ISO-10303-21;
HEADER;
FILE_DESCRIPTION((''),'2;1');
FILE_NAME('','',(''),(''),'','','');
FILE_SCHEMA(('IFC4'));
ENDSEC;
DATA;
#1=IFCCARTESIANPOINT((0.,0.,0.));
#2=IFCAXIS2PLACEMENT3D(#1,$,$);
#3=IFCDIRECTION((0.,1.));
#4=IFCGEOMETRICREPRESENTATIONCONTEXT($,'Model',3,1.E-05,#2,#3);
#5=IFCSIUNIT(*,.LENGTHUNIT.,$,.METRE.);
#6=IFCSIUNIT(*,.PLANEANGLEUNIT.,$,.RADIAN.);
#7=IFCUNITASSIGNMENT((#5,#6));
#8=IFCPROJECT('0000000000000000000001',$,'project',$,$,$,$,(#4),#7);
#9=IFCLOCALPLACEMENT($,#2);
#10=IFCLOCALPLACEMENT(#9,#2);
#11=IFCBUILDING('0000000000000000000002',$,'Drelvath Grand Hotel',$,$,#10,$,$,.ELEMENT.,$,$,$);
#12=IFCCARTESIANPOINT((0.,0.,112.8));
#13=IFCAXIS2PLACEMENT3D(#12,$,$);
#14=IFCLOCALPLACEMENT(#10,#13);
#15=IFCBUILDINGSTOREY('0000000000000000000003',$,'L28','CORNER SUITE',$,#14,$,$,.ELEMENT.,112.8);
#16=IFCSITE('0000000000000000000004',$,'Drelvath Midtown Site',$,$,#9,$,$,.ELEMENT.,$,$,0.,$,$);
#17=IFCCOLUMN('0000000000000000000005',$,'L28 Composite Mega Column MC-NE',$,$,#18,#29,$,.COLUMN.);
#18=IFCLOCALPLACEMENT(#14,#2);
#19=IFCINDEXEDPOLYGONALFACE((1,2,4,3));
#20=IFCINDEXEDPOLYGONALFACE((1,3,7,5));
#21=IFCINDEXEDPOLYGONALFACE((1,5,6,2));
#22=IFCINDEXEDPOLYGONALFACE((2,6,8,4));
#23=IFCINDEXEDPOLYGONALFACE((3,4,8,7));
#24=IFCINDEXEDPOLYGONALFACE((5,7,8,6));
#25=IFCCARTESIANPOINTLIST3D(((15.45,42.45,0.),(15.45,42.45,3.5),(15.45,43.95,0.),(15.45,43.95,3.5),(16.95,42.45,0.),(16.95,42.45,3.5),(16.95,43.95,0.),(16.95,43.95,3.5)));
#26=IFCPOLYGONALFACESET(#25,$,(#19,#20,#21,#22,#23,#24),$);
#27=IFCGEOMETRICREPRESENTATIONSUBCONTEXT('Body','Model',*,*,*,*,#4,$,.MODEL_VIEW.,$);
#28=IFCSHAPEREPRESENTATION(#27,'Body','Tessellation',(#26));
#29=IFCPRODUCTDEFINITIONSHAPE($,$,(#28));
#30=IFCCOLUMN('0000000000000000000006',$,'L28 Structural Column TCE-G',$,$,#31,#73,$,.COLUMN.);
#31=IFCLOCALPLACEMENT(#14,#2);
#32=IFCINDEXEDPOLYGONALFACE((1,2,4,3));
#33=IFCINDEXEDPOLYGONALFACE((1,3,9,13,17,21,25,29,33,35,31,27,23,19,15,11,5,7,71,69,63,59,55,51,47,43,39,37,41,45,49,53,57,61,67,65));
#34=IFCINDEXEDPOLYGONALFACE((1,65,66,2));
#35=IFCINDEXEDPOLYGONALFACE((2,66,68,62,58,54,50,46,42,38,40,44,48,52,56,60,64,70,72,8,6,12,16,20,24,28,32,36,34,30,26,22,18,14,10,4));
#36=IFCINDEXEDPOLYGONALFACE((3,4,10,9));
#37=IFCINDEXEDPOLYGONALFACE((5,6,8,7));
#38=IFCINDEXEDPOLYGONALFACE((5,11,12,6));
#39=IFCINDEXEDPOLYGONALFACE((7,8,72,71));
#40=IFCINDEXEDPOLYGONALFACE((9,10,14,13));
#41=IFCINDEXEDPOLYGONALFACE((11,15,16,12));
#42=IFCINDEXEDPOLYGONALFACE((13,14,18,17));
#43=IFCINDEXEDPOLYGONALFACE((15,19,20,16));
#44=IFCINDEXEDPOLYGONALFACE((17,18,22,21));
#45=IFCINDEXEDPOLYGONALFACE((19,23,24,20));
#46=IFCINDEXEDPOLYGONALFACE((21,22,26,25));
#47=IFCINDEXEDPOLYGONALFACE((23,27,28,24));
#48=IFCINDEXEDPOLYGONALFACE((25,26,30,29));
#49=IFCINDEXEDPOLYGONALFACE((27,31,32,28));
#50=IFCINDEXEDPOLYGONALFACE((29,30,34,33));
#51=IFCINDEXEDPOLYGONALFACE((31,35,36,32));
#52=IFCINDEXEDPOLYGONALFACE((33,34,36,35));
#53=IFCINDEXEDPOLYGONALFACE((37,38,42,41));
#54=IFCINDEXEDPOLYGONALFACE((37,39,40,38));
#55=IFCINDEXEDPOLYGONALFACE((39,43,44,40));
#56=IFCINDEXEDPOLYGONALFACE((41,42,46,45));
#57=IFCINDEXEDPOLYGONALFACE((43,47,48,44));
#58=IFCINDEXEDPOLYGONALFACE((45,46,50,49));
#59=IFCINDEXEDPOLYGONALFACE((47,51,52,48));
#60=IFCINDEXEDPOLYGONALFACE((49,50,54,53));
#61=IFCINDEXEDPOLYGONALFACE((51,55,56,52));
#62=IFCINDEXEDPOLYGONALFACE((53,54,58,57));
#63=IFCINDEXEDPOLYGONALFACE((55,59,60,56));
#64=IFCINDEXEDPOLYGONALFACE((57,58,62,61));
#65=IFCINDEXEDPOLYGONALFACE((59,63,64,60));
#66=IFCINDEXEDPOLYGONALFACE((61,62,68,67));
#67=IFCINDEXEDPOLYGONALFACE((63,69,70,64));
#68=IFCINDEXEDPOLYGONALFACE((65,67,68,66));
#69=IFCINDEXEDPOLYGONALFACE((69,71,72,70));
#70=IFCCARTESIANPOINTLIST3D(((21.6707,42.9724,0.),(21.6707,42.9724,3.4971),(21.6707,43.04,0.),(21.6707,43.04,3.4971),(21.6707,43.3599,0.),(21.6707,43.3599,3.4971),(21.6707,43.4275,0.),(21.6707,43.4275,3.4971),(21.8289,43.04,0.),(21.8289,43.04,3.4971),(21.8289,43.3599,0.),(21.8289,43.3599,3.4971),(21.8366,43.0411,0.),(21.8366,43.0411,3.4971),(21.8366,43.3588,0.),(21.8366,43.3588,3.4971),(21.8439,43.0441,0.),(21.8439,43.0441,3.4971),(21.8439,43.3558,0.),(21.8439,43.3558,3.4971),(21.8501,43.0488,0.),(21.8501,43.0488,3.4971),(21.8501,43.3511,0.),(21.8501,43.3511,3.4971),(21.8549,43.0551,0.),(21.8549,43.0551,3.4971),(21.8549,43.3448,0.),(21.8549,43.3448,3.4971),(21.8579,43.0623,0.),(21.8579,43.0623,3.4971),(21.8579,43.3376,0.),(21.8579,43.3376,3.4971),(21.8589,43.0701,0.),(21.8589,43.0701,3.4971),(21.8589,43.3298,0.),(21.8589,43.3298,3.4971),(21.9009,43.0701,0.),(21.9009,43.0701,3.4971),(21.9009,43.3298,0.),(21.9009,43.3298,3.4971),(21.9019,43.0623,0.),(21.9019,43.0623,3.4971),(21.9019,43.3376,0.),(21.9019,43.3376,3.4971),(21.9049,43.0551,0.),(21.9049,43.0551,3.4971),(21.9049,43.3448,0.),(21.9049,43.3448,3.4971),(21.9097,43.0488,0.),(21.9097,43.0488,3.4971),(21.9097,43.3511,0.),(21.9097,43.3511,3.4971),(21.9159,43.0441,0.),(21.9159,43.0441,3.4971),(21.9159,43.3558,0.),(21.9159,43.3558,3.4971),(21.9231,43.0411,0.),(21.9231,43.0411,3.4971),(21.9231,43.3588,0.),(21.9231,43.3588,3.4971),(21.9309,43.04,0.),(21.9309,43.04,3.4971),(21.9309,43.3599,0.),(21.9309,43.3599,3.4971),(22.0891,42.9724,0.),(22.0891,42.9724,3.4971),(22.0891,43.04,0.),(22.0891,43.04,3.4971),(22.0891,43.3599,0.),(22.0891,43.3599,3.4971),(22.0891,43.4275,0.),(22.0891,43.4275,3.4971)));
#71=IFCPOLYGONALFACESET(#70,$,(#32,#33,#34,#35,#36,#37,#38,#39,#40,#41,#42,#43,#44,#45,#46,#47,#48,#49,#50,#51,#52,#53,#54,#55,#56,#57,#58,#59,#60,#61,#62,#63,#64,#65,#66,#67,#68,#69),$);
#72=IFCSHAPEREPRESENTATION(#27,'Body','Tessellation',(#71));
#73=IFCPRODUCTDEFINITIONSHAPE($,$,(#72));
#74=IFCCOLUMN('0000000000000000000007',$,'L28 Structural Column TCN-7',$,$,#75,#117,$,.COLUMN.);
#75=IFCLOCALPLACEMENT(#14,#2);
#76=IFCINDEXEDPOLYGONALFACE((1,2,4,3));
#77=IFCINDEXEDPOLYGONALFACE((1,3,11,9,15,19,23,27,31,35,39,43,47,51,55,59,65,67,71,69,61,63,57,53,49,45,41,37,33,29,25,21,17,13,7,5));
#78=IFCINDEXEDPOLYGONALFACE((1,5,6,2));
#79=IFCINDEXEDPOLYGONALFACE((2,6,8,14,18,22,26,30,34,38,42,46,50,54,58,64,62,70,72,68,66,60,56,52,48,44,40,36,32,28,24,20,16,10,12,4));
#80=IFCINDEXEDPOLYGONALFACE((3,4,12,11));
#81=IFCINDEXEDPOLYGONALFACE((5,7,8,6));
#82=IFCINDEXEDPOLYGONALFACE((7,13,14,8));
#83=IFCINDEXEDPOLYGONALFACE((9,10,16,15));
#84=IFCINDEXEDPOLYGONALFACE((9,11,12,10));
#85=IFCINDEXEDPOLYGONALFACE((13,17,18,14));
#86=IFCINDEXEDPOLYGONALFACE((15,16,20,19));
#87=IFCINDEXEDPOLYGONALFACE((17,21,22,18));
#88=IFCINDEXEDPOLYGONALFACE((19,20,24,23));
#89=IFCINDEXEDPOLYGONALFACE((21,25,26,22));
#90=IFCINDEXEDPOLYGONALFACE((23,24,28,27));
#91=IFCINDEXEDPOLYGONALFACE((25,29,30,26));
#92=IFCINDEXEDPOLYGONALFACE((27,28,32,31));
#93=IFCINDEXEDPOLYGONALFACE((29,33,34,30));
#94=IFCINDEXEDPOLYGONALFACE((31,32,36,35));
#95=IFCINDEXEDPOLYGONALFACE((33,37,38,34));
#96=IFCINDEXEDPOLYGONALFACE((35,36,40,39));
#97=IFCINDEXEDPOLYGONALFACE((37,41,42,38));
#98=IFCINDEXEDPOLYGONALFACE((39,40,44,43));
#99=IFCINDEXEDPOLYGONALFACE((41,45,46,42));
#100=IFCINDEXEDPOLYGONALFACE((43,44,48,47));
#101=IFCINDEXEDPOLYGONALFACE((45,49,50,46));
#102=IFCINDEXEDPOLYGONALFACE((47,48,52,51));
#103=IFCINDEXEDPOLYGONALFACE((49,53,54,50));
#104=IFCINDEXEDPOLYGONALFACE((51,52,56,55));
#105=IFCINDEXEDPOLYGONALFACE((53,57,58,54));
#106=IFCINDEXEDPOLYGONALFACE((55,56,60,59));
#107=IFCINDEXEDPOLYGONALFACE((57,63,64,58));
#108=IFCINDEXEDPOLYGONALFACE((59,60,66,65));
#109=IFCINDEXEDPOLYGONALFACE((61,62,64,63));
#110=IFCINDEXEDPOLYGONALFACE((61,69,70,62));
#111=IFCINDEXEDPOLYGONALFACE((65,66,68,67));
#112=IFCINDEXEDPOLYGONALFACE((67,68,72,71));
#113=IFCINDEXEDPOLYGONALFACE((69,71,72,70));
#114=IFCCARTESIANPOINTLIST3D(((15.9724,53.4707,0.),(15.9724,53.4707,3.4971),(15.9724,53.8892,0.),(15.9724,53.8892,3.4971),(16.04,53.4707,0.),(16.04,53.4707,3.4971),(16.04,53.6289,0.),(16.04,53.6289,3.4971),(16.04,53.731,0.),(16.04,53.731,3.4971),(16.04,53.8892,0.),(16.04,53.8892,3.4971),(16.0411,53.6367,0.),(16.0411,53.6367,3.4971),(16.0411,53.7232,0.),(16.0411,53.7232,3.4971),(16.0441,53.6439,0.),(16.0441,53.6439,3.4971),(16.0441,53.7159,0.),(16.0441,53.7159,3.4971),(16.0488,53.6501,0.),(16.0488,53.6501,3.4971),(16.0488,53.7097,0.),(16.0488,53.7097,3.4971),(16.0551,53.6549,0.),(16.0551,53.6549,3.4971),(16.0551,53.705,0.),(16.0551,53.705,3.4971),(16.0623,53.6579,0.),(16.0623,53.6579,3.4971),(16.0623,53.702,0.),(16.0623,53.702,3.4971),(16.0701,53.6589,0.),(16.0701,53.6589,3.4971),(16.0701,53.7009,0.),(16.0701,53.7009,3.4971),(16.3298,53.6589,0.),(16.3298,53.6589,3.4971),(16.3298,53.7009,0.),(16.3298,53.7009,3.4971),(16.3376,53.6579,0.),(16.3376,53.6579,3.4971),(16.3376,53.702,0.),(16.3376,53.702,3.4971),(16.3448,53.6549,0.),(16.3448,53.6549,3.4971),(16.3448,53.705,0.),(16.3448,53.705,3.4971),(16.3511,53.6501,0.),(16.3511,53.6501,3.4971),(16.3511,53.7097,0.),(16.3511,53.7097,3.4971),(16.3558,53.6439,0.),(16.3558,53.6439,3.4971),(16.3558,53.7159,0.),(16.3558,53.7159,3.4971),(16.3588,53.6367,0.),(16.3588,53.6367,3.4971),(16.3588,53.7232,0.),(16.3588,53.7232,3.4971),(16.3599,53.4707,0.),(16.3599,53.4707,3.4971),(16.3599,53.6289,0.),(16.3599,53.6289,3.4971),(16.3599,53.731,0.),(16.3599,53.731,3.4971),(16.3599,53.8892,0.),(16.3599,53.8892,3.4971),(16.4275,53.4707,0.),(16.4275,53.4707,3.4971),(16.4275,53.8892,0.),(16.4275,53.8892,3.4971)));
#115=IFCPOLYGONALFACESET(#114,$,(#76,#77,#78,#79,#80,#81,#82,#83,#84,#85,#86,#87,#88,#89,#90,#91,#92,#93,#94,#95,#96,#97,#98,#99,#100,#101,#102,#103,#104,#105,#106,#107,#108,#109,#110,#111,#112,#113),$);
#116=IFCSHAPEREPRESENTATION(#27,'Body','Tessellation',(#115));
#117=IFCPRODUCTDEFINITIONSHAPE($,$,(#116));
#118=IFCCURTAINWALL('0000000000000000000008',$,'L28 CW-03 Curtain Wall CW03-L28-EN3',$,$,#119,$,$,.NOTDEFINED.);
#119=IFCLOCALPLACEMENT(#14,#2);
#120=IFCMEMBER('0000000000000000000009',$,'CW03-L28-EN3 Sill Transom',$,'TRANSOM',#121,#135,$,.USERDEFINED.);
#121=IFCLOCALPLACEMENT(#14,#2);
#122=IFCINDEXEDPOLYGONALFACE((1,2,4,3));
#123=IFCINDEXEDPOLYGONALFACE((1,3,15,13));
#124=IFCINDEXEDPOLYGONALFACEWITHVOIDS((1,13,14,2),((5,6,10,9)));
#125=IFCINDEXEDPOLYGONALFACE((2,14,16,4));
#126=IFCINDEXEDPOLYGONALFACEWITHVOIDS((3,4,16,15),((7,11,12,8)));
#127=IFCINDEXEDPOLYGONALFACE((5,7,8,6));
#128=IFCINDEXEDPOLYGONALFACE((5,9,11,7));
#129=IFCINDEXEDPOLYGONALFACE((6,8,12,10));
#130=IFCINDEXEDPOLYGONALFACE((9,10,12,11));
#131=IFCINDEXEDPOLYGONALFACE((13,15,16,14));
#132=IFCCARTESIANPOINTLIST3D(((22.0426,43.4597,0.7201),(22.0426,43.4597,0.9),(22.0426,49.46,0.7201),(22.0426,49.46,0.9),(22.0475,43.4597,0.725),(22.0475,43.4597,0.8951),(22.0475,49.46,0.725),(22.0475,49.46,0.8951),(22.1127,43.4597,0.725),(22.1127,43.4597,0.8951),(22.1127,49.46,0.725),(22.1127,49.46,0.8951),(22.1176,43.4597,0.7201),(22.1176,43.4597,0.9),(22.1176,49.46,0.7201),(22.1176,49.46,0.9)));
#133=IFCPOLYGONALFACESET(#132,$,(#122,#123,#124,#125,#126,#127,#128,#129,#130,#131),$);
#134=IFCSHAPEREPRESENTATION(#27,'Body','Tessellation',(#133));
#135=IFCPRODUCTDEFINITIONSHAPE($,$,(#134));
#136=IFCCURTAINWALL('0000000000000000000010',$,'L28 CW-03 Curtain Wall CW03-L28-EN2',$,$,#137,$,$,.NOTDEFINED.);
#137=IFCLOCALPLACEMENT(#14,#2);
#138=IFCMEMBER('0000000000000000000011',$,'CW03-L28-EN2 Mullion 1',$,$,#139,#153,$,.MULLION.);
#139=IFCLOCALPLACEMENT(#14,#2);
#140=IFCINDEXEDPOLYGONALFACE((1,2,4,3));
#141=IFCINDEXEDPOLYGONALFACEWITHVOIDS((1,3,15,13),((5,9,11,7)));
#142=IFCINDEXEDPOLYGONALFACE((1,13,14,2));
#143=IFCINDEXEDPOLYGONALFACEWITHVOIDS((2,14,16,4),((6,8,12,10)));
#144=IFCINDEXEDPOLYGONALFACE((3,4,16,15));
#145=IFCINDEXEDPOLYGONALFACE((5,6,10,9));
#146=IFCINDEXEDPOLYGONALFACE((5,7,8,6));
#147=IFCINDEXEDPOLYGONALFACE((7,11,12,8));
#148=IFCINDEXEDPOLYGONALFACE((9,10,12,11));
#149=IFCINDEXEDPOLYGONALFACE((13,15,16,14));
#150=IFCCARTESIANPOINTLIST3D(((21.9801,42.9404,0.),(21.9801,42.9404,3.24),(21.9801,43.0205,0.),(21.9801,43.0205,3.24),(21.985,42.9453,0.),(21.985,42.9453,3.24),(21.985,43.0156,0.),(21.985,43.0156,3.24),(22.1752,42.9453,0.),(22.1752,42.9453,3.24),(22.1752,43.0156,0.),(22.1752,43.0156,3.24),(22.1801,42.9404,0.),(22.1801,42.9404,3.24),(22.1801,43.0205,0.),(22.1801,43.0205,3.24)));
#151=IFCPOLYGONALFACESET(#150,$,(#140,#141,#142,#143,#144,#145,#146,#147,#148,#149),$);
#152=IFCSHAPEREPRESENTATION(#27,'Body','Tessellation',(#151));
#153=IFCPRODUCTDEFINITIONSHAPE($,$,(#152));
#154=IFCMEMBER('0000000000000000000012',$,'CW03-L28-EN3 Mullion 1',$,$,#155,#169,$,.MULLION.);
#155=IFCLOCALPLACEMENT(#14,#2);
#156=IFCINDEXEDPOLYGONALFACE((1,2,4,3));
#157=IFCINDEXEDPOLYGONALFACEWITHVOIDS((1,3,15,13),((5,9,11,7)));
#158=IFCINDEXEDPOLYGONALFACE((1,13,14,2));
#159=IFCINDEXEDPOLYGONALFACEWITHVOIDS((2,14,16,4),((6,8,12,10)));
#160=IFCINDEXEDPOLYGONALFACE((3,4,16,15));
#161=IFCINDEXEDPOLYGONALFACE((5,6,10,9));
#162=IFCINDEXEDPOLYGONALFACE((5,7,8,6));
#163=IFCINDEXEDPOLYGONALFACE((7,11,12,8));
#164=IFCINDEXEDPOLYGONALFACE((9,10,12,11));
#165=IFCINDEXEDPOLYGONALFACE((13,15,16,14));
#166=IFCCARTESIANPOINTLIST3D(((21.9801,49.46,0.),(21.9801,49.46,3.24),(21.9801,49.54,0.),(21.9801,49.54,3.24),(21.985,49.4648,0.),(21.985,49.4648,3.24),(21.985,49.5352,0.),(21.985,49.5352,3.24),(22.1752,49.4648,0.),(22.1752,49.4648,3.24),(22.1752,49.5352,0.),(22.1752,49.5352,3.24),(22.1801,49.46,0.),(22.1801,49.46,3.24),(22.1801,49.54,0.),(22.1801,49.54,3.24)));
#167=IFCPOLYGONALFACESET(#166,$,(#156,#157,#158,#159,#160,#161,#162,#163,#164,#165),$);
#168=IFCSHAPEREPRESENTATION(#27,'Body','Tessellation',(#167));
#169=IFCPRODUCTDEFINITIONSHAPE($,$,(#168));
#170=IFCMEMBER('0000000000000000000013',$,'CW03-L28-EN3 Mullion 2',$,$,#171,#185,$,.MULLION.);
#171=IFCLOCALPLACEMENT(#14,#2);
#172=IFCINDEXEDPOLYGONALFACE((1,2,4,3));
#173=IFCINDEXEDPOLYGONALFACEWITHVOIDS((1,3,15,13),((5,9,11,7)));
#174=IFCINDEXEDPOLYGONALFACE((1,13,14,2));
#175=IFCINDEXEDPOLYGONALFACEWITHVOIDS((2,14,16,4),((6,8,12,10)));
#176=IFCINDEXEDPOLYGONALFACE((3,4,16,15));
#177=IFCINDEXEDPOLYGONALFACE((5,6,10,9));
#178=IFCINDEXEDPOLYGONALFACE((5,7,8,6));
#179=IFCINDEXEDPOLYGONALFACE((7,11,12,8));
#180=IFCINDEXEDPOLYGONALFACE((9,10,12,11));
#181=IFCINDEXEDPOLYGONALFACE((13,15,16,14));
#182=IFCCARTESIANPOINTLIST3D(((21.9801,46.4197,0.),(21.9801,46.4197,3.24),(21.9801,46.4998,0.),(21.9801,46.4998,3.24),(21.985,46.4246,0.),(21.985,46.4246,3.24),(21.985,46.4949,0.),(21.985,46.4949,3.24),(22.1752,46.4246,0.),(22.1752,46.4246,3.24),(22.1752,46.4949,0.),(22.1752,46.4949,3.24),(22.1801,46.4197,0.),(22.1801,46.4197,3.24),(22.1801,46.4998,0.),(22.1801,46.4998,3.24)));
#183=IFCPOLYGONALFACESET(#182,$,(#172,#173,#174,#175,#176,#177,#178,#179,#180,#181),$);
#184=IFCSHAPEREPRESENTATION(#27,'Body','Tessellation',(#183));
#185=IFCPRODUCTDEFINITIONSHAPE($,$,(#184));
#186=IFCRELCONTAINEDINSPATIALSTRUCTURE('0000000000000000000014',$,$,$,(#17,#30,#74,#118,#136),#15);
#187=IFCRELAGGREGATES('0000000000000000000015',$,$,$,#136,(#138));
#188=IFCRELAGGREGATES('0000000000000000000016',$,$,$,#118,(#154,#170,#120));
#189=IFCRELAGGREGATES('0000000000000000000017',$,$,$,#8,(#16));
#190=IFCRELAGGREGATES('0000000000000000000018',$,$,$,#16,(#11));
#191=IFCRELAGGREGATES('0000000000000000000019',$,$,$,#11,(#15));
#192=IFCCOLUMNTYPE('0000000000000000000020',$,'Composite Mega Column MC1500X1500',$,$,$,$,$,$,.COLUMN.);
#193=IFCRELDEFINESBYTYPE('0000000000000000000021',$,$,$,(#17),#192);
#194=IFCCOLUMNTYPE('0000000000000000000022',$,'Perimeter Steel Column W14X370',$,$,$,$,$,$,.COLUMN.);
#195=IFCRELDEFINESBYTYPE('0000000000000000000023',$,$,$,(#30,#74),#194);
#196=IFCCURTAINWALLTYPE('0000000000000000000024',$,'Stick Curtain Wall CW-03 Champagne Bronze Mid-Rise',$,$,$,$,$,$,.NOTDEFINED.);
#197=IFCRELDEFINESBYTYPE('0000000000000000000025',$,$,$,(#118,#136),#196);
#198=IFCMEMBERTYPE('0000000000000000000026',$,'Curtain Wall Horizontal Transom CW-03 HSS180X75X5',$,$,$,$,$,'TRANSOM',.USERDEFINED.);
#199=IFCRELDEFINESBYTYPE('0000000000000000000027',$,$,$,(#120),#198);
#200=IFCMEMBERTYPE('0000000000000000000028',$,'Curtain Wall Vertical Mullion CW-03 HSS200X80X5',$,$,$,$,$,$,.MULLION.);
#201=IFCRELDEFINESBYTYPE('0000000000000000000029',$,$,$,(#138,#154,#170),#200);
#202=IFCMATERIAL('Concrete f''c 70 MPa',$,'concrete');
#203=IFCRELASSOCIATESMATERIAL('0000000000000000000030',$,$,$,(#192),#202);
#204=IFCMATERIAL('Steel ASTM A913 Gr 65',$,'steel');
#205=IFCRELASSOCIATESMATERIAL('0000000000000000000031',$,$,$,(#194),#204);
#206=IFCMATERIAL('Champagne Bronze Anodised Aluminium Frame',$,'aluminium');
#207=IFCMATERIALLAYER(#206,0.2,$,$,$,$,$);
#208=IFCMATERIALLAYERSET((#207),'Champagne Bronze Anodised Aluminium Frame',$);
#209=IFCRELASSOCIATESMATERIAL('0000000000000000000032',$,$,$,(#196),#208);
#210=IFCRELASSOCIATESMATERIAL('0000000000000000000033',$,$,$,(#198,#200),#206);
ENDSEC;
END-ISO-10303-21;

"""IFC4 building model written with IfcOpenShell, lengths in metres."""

from ifc_helpers import new_model, si_unit, direction, frame, origin, origin_2d, place, context, subcontext, project, spatial, rectangle, hollow_rectangle, i_section, extrude, material, layer, layer_set, material_profile, profile_set, type_object, element, aggregate, save


model = new_model("IFC4")

# Units and contexts
model_context = context("Model", 3, precision=1e-05, world=origin(), true_north=direction((0.0, 1.0)))
body_context = subcontext(model_context, "Body", "Model", "MODEL_VIEW")
ifc_project = project(units=[si_unit("LENGTHUNIT", "METRE"), si_unit("PLANEANGLEUNIT", "RADIAN")], contexts=[model_context])

# Site, building, storey
site_placement = place(None, origin())
site = spatial("IfcSite", under=ifc_project, at=site_placement, Name="Drelvath Midtown Site", CompositionType="ELEMENT", RefElevation=0.0)
building_placement = place(site_placement, origin())
building = spatial("IfcBuilding", under=site, at=building_placement, Name="Drelvath Grand Hotel", CompositionType="ELEMENT")
storey_placement = place(building_placement, frame((0.0, 0.0, 112.8)))
storey = spatial("IfcBuildingStorey", under=building, at=storey_placement, Name="L28", Description="CORNER SUITE", CompositionType="ELEMENT", Elevation=112.8)

# Columns
ifc_material_1 = material(Name="Concrete f'c 70 MPa", Category="concrete")
ifc_material_profile_1 = material_profile(ifc_material_1, rectangle(XDim=1.5, YDim=1.5, at=origin_2d()), Name="MC1500X1500")
ifc_profile_set_1 = profile_set([ifc_material_profile_1], Name="Concrete f'c 70 MPa")
column_type_1 = type_object("IfcColumnType", Name="Composite Mega Column MC1500X1500", PredefinedType="COLUMN", material=ifc_profile_set_1)
column_placement = place(storey_placement, frame((16.2, 43.2, 0.0), z_axis=(0.0, 0.0, 1.0), x_axis=(1.0, 0.0, 0.0)))
element("IfcColumn", 1, at=column_placement, inside=storey, type_object=column_type_1, Name="L28 Composite Mega Column MC-NE", PredefinedType="COLUMN", context=body_context, shape_type="SweptSolid", body=[
    extrude(rectangle(XDim=1.5, YDim=1.5, at=origin_2d()), origin(), (0.0, 0.0, 1.0), 3.5),
])
ifc_material_2 = material(Name="Steel ASTM A913 Gr 65", Category="steel")
ifc_material_profile_2 = material_profile(ifc_material_2, i_section(OverallWidth=0.4185, OverallDepth=0.4551, WebThickness=0.042, FlangeThickness=0.0676, FilletRadius=0.03, at=origin_2d()), Name="W14X370")
ifc_profile_set_2 = profile_set([ifc_material_profile_2], Name="Steel ASTM A913 Gr 65")
column_type_2 = type_object("IfcColumnType", Name="Perimeter Steel Column W14X370", PredefinedType="COLUMN", material=ifc_profile_set_2)
for number, where, z_axis, x_axis, name in (
    (2, (21.8799, 43.2, 0.0), (0.0, 0.0, 1.0), (1.0, 0.0, 0.0), "L28 Structural Column TCE-G"),
    (3, (16.2, 53.6799, 0.0), (0.0, 0.0, 1.0), (0.0, 1.0, 0.0), "L28 Structural Column TCN-7"),
):
    element("IfcColumn", number, at=place(storey_placement, frame(where, z_axis=z_axis, x_axis=x_axis)), inside=storey, type_object=column_type_2, Name=name, PredefinedType="COLUMN", context=body_context, shape_type="SweptSolid", body=[
        extrude(i_section(OverallWidth=0.4185, OverallDepth=0.4551, WebThickness=0.042, FlangeThickness=0.0676, FilletRadius=0.03, at=origin_2d()), origin(), (0.0, 0.0, 1.0), 3.4971),
    ])

# Curtain walls, members
ifc_material_3 = material(Name="Champagne Bronze Anodised Aluminium Frame", Category="aluminium")
ifc_layer_1 = layer(ifc_material_3, 0.2)
ifc_layer_set_1 = layer_set([ifc_layer_1], Name="Champagne Bronze Anodised Aluminium Frame")
curtain_wall_type = type_object("IfcCurtainWallType", Name="Stick Curtain Wall CW-03 Champagne Bronze Mid-Rise", PredefinedType="NOTDEFINED", material=ifc_layer_set_1)
curtain_wall_1_placement = place(storey_placement, origin())
curtain_wall_1 = element("IfcCurtainWall", 4, at=curtain_wall_1_placement, inside=storey, type_object=curtain_wall_type, Name="L28 CW-03 Curtain Wall CW03-L28-EN3", PredefinedType="NOTDEFINED")
ifc_material_profile_3 = material_profile(ifc_material_3, hollow_rectangle(XDim=0.075, YDim=0.1799, WallThickness=0.0049, at=origin_2d()), Name="HSS180X75X5")
ifc_profile_set_3 = profile_set([ifc_material_profile_3], Name="Champagne Bronze Anodised Aluminium Frame")
member_type_1 = type_object("IfcMemberType", Name="Curtain Wall Horizontal Transom CW-03 HSS180X75X5", ElementType="TRANSOM", PredefinedType="USERDEFINED", material=ifc_profile_set_3)
member_1_placement = place(storey_placement, frame((22.0801, 49.46, 0.8101), z_axis=(0.0, -1.0, 0.0), x_axis=(1.0, 0.0, 0.0)))
member_1 = element("IfcMember", 5, at=member_1_placement, type_object=member_type_1, Name="CW03-L28-EN3 Sill Transom", ObjectType="TRANSOM", PredefinedType="USERDEFINED", context=body_context, shape_type="SweptSolid", body=[
    extrude(hollow_rectangle(XDim=0.075, YDim=0.1799, WallThickness=0.0049, at=origin_2d()), origin(), (0.0, 0.0, 1.0), 6.0002),
])
curtain_wall_2_placement = place(storey_placement, origin())
curtain_wall_2 = element("IfcCurtainWall", 6, at=curtain_wall_2_placement, inside=storey, type_object=curtain_wall_type, Name="L28 CW-03 Curtain Wall CW03-L28-EN2", PredefinedType="NOTDEFINED")
ifc_material_profile_4 = material_profile(ifc_material_3, hollow_rectangle(XDim=0.0801, YDim=0.2, WallThickness=0.0049, at=origin_2d()), Name="HSS200X80X5")
ifc_profile_set_4 = profile_set([ifc_material_profile_4], Name="Champagne Bronze Anodised Aluminium Frame")
member_type_2 = type_object("IfcMemberType", Name="Curtain Wall Vertical Mullion CW-03 HSS200X80X5", PredefinedType="MULLION", material=ifc_profile_set_4)
member_2_placement = place(storey_placement, frame((22.0801, 42.9805, 0.0), z_axis=(0.0, 0.0, 1.0), x_axis=(0.0, 1.0, 0.0)))
member_2 = element("IfcMember", 7, at=member_2_placement, type_object=member_type_2, Name="CW03-L28-EN2 Mullion 1", PredefinedType="MULLION", context=body_context, shape_type="SweptSolid", body=[
    extrude(hollow_rectangle(XDim=0.0801, YDim=0.2, WallThickness=0.0049, at=origin_2d()), origin(), (0.0, 0.0, 1.0), 3.24),
])
aggregate(curtain_wall_2, [member_2])

# Members
member_3_placement = place(storey_placement, frame((22.0801, 49.5, 0.0), z_axis=(0.0, 0.0, 1.0), x_axis=(0.0, 1.0, 0.0)))
member_3 = element("IfcMember", 8, at=member_3_placement, type_object=member_type_2, Name="CW03-L28-EN3 Mullion 1", PredefinedType="MULLION", context=body_context, shape_type="SweptSolid", body=[
    extrude(hollow_rectangle(XDim=0.0801, YDim=0.2, WallThickness=0.0049, at=origin_2d()), origin(), (0.0, 0.0, 1.0), 3.24),
])
member_4_placement = place(storey_placement, frame((22.0801, 46.4597, 0.0), z_axis=(0.0, 0.0, 1.0), x_axis=(0.0, 1.0, 0.0)))
member_4 = element("IfcMember", 9, at=member_4_placement, type_object=member_type_2, Name="CW03-L28-EN3 Mullion 2", PredefinedType="MULLION", context=body_context, shape_type="SweptSolid", body=[
    extrude(hollow_rectangle(XDim=0.0801, YDim=0.2, WallThickness=0.0049, at=origin_2d()), origin(), (0.0, 0.0, 1.0), 3.24),
])

aggregate(curtain_wall_1, [member_3, member_4, member_1])

save(model, "model.ifc")
